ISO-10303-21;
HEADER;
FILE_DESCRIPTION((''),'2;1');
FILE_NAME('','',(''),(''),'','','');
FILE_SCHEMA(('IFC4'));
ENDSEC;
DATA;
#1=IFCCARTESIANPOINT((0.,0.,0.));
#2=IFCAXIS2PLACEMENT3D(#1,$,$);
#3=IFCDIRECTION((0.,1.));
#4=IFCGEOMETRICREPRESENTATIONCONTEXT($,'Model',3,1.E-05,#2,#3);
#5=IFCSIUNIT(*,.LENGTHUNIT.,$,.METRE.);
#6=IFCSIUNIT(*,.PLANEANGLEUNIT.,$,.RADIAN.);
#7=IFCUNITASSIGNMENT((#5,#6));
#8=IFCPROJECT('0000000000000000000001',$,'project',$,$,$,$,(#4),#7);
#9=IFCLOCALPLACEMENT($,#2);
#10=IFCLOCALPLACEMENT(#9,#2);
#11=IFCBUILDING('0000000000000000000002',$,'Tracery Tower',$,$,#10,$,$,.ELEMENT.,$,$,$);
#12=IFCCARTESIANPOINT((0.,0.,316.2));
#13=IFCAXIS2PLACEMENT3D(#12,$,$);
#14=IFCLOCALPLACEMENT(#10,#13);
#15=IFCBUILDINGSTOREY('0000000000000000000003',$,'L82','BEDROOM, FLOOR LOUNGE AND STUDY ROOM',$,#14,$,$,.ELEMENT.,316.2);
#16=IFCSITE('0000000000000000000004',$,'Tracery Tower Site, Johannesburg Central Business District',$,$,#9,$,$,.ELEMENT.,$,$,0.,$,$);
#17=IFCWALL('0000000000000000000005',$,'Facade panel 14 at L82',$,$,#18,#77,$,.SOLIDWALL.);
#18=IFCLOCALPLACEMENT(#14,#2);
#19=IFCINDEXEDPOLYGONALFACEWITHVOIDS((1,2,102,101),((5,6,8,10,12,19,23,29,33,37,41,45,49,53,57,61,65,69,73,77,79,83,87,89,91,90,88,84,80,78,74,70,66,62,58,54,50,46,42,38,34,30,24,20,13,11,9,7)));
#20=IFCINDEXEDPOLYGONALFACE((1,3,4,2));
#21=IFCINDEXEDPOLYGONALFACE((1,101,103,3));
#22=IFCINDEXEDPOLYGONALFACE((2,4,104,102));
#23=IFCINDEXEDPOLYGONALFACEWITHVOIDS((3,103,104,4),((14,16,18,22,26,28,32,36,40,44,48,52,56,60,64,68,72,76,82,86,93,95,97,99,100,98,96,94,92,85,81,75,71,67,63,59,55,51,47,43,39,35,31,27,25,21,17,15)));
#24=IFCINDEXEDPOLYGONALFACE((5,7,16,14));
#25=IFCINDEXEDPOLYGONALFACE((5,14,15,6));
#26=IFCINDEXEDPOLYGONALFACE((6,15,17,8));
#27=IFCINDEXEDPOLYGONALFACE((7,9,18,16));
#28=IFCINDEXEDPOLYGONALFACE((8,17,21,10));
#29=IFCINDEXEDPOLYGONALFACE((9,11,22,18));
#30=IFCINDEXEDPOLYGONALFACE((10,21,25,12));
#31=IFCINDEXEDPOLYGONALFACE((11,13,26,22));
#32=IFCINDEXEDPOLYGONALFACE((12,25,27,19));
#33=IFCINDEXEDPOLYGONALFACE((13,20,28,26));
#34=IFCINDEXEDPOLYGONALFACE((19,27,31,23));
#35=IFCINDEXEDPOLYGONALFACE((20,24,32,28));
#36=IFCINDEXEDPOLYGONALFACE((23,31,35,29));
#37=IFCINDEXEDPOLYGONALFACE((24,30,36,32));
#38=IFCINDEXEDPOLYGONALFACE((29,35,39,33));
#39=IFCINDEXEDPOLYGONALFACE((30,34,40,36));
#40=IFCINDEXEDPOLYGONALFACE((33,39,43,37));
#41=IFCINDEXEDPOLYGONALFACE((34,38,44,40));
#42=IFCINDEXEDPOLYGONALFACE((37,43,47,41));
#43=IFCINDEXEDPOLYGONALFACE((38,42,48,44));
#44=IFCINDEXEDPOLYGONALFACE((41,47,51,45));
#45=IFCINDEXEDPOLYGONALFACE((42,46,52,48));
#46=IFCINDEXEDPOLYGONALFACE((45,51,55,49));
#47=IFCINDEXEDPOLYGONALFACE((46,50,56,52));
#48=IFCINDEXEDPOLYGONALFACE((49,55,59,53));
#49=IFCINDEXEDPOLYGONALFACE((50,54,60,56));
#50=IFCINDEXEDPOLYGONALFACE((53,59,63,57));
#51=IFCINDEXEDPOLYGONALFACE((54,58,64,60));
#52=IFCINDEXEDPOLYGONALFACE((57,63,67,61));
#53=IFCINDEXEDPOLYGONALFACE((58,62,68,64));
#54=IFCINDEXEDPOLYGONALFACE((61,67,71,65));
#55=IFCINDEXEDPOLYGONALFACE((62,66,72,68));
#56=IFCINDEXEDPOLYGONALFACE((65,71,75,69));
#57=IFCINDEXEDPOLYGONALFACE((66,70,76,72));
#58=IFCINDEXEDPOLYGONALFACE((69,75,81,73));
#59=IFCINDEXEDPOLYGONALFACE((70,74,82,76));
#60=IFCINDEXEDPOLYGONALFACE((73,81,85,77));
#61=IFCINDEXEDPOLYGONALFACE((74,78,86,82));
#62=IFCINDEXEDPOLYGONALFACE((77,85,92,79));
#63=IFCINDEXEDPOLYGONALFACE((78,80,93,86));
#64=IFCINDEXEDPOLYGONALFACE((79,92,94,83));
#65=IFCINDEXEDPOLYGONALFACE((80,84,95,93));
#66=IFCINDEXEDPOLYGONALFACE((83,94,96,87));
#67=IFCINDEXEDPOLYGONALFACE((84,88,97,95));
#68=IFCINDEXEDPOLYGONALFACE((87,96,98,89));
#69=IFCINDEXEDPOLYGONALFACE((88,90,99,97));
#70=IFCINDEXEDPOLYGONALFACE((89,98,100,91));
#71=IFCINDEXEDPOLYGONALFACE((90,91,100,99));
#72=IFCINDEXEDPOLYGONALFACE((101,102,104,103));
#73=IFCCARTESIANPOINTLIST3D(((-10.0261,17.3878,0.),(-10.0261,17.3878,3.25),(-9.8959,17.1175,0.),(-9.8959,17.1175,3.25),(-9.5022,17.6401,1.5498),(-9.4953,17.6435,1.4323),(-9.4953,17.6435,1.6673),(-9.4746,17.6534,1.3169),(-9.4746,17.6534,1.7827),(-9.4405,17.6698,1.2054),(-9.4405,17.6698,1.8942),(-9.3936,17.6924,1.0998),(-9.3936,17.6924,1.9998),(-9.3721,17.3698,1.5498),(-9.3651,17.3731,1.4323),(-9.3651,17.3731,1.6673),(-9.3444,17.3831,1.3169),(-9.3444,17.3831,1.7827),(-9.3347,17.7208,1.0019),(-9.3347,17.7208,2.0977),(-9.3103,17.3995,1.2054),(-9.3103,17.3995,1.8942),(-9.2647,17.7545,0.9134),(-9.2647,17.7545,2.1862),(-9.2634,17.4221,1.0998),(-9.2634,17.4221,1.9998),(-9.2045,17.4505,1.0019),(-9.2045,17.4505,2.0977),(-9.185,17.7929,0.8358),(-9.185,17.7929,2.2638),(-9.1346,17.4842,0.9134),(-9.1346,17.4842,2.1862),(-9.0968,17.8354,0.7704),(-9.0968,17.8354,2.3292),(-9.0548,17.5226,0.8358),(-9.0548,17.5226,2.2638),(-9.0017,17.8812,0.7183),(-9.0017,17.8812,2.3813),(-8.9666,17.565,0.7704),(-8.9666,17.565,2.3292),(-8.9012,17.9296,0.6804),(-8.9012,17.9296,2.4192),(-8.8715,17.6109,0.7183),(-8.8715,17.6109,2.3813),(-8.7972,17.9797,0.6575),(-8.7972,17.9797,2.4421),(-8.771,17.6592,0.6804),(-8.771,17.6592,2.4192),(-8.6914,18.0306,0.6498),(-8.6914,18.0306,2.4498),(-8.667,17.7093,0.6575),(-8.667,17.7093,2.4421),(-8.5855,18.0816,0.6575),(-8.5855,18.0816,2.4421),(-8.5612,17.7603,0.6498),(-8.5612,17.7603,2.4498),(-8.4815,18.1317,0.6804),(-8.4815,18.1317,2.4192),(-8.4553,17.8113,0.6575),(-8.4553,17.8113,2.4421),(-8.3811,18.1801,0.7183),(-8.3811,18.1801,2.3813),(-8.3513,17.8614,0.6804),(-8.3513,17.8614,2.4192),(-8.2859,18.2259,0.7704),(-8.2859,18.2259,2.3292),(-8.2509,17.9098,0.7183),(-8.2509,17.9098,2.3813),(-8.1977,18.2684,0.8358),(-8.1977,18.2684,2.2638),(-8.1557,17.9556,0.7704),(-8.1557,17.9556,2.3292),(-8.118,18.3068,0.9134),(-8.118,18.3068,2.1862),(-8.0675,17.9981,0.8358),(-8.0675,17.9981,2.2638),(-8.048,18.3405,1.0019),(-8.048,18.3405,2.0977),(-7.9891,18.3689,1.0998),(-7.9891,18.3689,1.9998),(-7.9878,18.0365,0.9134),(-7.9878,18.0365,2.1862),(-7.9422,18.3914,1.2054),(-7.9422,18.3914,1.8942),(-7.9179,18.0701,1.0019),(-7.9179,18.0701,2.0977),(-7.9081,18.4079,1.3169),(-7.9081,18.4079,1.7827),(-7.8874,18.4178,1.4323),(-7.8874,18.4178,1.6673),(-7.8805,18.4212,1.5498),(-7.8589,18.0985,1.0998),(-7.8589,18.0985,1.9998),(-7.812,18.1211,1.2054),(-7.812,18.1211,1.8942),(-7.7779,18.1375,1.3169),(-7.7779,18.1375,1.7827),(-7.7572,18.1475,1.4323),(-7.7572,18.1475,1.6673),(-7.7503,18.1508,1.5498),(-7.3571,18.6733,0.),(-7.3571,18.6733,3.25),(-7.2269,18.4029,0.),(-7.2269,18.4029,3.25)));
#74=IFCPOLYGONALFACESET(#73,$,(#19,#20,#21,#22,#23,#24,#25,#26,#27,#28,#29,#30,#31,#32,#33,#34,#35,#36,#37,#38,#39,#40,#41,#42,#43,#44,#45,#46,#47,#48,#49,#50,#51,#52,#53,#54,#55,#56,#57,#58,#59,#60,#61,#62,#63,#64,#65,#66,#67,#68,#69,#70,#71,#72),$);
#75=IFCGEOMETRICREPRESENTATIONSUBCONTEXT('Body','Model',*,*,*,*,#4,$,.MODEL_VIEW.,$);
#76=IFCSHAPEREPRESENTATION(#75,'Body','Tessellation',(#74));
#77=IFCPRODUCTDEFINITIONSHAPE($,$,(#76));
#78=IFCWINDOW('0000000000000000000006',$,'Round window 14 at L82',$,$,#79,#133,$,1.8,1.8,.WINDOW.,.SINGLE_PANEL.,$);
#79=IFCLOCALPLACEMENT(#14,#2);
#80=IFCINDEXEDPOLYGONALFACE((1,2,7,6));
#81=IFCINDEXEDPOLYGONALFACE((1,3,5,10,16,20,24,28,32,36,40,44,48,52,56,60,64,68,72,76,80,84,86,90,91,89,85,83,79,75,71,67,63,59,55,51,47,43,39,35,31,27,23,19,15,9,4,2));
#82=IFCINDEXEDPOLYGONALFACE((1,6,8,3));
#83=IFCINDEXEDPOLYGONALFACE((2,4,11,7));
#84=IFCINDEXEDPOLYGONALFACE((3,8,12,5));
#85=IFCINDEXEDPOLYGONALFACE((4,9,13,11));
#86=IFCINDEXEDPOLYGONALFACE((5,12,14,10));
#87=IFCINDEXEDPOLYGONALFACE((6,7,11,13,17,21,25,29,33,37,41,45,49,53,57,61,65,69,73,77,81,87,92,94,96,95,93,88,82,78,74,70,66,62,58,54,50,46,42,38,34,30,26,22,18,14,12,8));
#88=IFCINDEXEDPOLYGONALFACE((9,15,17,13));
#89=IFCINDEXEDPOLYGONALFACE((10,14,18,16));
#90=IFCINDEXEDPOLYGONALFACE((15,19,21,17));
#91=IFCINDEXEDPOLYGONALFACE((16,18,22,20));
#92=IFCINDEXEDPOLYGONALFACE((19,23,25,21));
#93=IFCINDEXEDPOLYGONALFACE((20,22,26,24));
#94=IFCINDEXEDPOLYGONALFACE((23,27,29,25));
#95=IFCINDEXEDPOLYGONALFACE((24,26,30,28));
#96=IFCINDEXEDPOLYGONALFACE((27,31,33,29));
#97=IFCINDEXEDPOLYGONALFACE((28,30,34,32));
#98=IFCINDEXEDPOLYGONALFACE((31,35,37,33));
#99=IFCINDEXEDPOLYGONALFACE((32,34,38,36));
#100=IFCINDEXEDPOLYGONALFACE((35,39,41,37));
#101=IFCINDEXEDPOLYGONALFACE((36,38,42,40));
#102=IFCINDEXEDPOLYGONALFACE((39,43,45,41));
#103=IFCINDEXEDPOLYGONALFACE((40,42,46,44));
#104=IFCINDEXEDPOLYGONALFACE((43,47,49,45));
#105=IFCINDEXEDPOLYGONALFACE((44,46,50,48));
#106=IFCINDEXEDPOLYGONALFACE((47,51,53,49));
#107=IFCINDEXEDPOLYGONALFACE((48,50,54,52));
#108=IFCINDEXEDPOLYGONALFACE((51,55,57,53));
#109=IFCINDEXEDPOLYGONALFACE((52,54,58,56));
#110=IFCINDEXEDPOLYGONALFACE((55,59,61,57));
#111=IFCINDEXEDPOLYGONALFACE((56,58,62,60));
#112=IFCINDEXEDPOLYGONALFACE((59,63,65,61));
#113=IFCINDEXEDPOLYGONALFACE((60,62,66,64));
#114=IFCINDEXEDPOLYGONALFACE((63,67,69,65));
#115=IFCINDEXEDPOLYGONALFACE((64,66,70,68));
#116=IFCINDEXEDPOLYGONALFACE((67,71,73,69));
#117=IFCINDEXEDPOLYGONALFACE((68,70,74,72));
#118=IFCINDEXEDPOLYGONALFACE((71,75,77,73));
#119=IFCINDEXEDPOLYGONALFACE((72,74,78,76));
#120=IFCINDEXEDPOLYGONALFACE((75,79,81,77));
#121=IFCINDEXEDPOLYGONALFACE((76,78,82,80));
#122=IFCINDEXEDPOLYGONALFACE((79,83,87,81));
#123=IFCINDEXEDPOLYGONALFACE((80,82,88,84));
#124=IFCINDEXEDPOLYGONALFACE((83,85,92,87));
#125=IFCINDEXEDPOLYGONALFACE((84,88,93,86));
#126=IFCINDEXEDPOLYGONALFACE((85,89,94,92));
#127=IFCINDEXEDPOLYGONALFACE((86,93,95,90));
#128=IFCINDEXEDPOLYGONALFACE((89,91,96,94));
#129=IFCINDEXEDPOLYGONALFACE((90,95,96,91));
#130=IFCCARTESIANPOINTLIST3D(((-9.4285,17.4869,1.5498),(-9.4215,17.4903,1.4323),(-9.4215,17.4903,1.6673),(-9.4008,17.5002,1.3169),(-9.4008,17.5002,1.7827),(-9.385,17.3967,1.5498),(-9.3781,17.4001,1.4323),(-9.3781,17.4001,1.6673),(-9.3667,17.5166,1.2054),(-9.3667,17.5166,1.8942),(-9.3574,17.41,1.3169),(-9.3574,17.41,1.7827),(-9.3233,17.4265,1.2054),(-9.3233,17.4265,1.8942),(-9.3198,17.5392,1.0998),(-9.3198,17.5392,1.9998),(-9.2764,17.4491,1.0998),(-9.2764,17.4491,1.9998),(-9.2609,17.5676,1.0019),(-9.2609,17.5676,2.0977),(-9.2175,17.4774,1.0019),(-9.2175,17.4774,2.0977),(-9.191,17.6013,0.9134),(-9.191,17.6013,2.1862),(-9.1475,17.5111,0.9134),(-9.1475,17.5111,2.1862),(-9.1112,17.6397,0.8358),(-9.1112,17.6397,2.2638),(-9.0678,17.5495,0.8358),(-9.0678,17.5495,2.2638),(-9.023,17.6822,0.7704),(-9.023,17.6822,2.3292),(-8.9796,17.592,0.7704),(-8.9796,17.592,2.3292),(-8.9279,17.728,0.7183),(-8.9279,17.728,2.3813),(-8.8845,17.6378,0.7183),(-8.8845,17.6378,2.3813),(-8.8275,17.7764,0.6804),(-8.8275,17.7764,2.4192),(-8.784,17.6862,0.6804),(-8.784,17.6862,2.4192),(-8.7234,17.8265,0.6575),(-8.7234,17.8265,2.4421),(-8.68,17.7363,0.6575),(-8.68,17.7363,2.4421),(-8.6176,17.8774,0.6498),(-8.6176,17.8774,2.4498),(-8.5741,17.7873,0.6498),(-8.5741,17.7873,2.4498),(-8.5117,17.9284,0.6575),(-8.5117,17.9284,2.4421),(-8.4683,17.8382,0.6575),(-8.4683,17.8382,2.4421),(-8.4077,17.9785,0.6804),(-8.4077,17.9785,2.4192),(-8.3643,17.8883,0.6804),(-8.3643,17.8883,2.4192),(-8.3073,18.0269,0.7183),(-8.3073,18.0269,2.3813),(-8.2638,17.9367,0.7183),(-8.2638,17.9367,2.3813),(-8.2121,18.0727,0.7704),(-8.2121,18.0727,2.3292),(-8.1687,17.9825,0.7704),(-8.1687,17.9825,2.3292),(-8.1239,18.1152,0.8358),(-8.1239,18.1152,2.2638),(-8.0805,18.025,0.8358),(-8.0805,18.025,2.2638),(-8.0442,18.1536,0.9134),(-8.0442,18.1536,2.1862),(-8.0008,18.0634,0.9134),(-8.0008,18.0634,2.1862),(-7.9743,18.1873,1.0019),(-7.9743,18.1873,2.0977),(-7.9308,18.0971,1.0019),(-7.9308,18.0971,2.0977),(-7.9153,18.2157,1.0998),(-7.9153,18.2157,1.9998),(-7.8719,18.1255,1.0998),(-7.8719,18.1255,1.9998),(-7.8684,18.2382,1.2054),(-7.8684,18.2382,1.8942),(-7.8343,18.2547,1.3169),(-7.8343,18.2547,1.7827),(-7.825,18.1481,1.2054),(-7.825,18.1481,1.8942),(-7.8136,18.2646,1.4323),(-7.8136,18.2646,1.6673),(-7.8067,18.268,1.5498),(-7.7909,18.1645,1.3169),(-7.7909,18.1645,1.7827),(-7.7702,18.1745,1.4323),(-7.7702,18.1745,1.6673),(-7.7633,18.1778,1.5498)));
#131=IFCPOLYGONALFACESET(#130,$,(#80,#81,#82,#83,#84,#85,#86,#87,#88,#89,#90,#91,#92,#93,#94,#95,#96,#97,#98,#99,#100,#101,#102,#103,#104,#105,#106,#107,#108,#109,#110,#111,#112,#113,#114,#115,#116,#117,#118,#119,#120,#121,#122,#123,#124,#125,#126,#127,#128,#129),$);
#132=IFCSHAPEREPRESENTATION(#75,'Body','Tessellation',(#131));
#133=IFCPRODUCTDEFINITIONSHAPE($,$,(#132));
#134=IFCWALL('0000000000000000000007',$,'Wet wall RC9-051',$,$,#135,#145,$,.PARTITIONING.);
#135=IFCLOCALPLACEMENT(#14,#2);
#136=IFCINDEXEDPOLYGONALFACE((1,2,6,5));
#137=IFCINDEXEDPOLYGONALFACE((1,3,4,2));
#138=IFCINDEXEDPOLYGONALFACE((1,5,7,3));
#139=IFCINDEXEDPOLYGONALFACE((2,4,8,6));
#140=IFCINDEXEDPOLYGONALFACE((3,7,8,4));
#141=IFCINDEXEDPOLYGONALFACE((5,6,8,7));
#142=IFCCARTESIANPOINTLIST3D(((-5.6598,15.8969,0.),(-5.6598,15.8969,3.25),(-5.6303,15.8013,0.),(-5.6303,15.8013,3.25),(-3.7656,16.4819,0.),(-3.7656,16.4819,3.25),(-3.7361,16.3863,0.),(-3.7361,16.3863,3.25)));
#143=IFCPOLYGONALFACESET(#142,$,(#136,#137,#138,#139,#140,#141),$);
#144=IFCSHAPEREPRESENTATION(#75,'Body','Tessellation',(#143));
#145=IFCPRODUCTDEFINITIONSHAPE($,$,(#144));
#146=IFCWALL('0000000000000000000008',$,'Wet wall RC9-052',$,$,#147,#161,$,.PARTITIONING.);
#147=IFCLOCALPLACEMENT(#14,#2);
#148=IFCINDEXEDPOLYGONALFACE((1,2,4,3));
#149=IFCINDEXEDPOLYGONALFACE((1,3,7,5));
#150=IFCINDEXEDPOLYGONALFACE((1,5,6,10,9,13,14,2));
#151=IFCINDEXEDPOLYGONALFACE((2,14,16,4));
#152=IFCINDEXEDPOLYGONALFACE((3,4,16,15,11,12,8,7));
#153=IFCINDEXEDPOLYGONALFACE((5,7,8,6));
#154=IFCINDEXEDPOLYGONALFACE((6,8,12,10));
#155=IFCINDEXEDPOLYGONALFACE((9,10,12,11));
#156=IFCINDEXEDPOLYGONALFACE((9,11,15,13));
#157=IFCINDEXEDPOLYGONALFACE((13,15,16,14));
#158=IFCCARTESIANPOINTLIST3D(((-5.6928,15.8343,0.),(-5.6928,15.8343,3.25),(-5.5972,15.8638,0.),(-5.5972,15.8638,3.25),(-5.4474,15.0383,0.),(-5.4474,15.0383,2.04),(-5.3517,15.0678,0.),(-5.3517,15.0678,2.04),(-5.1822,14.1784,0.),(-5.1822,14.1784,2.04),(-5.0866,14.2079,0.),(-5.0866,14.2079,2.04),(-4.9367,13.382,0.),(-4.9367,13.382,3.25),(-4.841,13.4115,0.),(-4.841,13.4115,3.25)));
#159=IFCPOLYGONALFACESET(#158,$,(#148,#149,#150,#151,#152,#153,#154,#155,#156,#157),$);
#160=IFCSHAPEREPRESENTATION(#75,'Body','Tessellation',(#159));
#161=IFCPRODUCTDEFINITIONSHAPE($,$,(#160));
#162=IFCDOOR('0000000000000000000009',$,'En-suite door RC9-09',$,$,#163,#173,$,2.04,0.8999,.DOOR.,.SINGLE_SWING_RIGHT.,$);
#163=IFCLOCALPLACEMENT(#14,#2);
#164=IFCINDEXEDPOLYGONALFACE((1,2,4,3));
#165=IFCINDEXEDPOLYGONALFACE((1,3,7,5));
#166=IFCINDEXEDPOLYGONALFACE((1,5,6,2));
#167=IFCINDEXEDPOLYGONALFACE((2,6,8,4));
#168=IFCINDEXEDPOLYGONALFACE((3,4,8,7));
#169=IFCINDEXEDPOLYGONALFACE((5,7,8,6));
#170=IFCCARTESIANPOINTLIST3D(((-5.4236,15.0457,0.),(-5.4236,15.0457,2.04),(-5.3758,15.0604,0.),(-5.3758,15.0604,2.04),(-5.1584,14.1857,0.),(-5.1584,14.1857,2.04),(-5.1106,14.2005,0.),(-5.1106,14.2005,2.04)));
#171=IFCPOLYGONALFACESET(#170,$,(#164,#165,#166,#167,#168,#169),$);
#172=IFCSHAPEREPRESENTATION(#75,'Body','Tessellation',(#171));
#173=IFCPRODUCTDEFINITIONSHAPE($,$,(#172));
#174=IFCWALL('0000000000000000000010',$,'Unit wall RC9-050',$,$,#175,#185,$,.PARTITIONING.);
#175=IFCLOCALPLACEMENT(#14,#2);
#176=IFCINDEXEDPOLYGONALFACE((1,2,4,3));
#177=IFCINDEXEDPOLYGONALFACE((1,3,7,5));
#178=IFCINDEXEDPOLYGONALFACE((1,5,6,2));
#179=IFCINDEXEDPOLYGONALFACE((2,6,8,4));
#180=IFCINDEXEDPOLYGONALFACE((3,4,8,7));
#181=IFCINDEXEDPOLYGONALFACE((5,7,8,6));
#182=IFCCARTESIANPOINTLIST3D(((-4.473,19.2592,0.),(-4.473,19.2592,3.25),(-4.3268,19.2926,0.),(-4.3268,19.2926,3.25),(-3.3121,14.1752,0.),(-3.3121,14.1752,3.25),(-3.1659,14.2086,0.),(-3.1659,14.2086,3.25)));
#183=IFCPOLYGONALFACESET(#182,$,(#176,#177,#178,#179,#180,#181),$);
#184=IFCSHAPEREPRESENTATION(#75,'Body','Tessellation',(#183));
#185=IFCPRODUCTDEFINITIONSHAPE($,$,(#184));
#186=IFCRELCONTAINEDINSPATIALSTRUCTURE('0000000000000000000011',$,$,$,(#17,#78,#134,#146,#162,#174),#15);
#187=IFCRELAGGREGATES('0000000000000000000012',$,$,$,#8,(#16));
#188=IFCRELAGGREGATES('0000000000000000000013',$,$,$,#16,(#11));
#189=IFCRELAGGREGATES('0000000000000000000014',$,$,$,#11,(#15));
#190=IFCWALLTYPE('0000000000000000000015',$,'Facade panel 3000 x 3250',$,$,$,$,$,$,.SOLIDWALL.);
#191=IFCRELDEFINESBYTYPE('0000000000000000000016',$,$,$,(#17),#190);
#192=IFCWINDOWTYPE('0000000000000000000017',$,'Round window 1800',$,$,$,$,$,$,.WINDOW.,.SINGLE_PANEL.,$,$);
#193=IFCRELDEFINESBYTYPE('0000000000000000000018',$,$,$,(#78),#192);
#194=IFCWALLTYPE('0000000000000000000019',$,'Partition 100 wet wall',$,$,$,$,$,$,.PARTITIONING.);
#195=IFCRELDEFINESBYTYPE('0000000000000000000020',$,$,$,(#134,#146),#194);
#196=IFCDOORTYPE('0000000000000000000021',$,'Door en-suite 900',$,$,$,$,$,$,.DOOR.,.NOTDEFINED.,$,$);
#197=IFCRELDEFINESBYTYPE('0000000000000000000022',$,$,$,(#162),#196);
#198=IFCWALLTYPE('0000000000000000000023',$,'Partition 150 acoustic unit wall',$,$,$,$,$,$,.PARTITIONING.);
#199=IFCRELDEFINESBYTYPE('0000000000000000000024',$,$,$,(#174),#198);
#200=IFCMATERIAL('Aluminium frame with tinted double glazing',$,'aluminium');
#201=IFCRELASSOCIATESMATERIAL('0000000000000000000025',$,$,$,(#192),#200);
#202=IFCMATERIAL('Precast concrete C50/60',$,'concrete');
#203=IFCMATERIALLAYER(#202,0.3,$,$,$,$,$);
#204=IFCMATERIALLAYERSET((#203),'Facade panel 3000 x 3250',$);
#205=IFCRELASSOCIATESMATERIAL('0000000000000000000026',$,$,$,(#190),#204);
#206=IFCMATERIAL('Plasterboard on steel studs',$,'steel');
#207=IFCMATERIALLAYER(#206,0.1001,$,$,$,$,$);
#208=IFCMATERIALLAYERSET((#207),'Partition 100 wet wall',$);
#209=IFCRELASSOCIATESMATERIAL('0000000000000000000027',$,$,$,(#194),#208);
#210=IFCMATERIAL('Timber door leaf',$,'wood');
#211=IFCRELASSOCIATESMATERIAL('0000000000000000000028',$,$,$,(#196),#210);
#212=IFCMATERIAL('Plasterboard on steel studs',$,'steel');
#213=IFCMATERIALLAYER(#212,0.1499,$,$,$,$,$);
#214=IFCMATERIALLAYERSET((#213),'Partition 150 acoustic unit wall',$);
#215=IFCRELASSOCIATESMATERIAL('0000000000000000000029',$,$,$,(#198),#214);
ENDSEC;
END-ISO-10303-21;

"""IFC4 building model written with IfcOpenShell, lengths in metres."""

from ifc_helpers import new_model, si_unit, direction, frame, frame_2d, origin, origin_2d, place, context, subcontext, project, spatial, rectangle, circle, extrude, material, layer, layer_set, type_object, element, fill, save


model = new_model("IFC4")

# Units and contexts
model_context = context("Model", 3, precision=1e-05, world=origin(), true_north=direction((0.0, 1.0)))
body_context = subcontext(model_context, "Body", "Model", "MODEL_VIEW")
ifc_project = project(units=[si_unit("LENGTHUNIT", "METRE"), si_unit("PLANEANGLEUNIT", "RADIAN")], contexts=[model_context])

# Site, building, storey
site_placement = place(None, origin())
site = spatial("IfcSite", under=ifc_project, at=site_placement, Name="Tracery Tower Site, Johannesburg Central Business District", CompositionType="ELEMENT", RefElevation=0.0)
building_placement = place(site_placement, origin())
building = spatial("IfcBuilding", under=site, at=building_placement, Name="Tracery Tower", CompositionType="ELEMENT")
storey_placement = place(building_placement, frame((0.0, 0.0, 316.2)))
storey = spatial("IfcBuildingStorey", under=building, at=storey_placement, Name="L82", Description="BEDROOM, FLOOR LOUNGE AND STUDY ROOM", CompositionType="ELEMENT", Elevation=316.2)

# Wall, opening, window
ifc_material_1 = material(Name="Aluminium frame with tinted double glazing", Category="aluminium")
window_type = type_object("IfcWindowType", Name="Round window 1800", PartitioningType="SINGLE_PANEL", PredefinedType="WINDOW", material=ifc_material_1)
ifc_material_2 = material(Name="Precast concrete C50/60", Category="concrete")
ifc_layer_1 = layer(ifc_material_2, 0.3)
ifc_layer_set_1 = layer_set([ifc_layer_1], Name="Facade panel 3000 x 3250")
wall_type_1 = type_object("IfcWallType", Name="Facade panel 3000 x 3250", PredefinedType="SOLIDWALL", material=ifc_layer_set_1)
wall_1_placement = place(storey_placement, frame((-7.292, 18.5381, 0.0), z_axis=(0.0, 0.0, 1.0), x_axis=(-0.900955, -0.433912, 0.0)))
wall_1 = element("IfcWall", 1, at=wall_1_placement, inside=storey, type_object=wall_type_1, Name="Facade panel 14 at L82", PredefinedType="SOLIDWALL", context=body_context, shape_type="SweptSolid", body=[
    extrude(rectangle(XDim=2.9624, YDim=0.3, at=frame_2d((1.4812, 0.0))), origin(), (0.0, 0.0, 1.0), 3.25),
])
opening_1_placement = place(wall_1_placement, frame((1.481, 0.0, 1.5498)))
opening_1 = element("IfcOpeningElement", 2, at=opening_1_placement, cuts=wall_1, PredefinedType="OPENING", context=body_context, shape_type="SweptSolid", body=[
    extrude(circle(Radius=0.9, at=origin_2d()), frame((0.0, 0.1599, 0.0), z_axis=(0.0, -1.0, 0.0), x_axis=(1.0, 0.0, 0.0)), (0.0, 0.0, 1.0), 0.3201),
])
window_1_placement = place(opening_1_placement, origin())
window_1 = element("IfcWindow", 3, at=window_1_placement, inside=storey, type_object=window_type, Name="Round window 14 at L82", OverallHeight=1.8, OverallWidth=1.8, PartitioningType="SINGLE_PANEL", PredefinedType="WINDOW", context=body_context, shape_type="SweptSolid", body=[
    extrude(circle(Radius=0.9, at=origin_2d()), frame((0.0, 0.1201, 0.0), z_axis=(0.0, -1.0, 0.0), x_axis=(1.0, 0.0, 0.0)), (0.0, 0.0, 1.0), 0.1001),
])
fill(opening_1, window_1)

# Wall
ifc_material_3 = material(Name="Plasterboard on steel studs", Category="steel")
ifc_layer_2 = layer(ifc_material_3, 0.1001)
ifc_layer_set_2 = layer_set([ifc_layer_2], Name="Partition 100 wet wall")
wall_type_2 = type_object("IfcWallType", Name="Partition 100 wet wall", PredefinedType="PARTITIONING", material=ifc_layer_set_2)
wall_2_placement = place(storey_placement, frame((-5.645, 15.8491, 0.0), z_axis=(0.0, 0.0, 1.0), x_axis=(0.95547, 0.29509, 0.0)))
element("IfcWall", 4, at=wall_2_placement, inside=storey, type_object=wall_type_2, Name="Wet wall RC9-051", PredefinedType="PARTITIONING", context=body_context, shape_type="SweptSolid", body=[
    extrude(rectangle(XDim=1.9824, YDim=0.1001, at=frame_2d((0.9912, 0.0))), origin(), (0.0, 0.0, 1.0), 3.25),
])

# Wall, opening, door
wall_3_placement = place(storey_placement, frame((-5.645, 15.8491, 0.0), z_axis=(0.0, 0.0, 1.0), x_axis=(0.294654, -0.955604, 0.0)))
wall_3 = element("IfcWall", 5, at=wall_3_placement, inside=storey, type_object=wall_type_2, Name="Wet wall RC9-052", PredefinedType="PARTITIONING", context=body_context, shape_type="SweptSolid", body=[
    extrude(rectangle(XDim=2.5662, YDim=0.1001, at=frame_2d((1.2832, 0.0))), origin(), (0.0, 0.0, 1.0), 3.25),
])
opening_2_placement = place(wall_3_placement, frame((0.833, 0.0, 0.0)))
opening_2 = element("IfcOpeningElement", 6, at=opening_2_placement, cuts=wall_3, PredefinedType="OPENING", context=body_context, shape_type="SweptSolid", body=[
    extrude(rectangle(XDim=0.8999, YDim=2.04, at=frame_2d((0.45, 1.02))), frame((0.0, 0.05, 0.0), z_axis=(0.0, -1.0, 0.0), x_axis=(1.0, 0.0, 0.0)), (0.0, 0.0, 1.0), 0.1001),
])
ifc_material_4 = material(Name="Timber door leaf", Category="wood")
door_type_1 = type_object("IfcDoorType", Name="Door en-suite 900", OperationType="NOTDEFINED", PredefinedType="DOOR", material=ifc_material_4)
door_1_placement = place(opening_2_placement, origin())
door_1 = element("IfcDoor", 7, at=door_1_placement, inside=storey, type_object=door_type_1, Name="En-suite door RC9-09", OperationType="SINGLE_SWING_RIGHT", OverallHeight=2.04, OverallWidth=0.8999, PredefinedType="DOOR", context=body_context, shape_type="SweptSolid", body=[
    extrude(rectangle(XDim=0.8999, YDim=2.04, at=frame_2d((0.45, 1.02))), frame((0.0, 0.0249, 0.0), z_axis=(0.0, -1.0, 0.0), x_axis=(1.0, 0.0, 0.0)), (0.0, 0.0, 1.0), 0.05),
])
fill(opening_2, door_1)

# Wall
ifc_material_5 = material(Name="Plasterboard on steel studs", Category="steel")
ifc_layer_3 = layer(ifc_material_5, 0.1499)
ifc_layer_set_3 = layer_set([ifc_layer_3], Name="Partition 150 acoustic unit wall")
wall_type_3 = type_object("IfcWallType", Name="Partition 150 acoustic unit wall", PredefinedType="PARTITIONING", material=ifc_layer_set_3)
wall_4_placement = place(storey_placement, frame((-4.3999, 19.2759, 0.0), z_axis=(0.0, 0.0, 1.0), x_axis=(0.222613, -0.974907, 0.0)))
element("IfcWall", 8, at=wall_4_placement, inside=storey, type_object=wall_type_3, Name="Unit wall RC9-050", PredefinedType="PARTITIONING", context=body_context, shape_type="SweptSolid", body=[
    extrude(rectangle(XDim=5.2148, YDim=0.1499, at=frame_2d((2.6074, 0.0))), origin(), (0.0, 0.0, 1.0), 3.25),
])

save(model, "model.ifc")
